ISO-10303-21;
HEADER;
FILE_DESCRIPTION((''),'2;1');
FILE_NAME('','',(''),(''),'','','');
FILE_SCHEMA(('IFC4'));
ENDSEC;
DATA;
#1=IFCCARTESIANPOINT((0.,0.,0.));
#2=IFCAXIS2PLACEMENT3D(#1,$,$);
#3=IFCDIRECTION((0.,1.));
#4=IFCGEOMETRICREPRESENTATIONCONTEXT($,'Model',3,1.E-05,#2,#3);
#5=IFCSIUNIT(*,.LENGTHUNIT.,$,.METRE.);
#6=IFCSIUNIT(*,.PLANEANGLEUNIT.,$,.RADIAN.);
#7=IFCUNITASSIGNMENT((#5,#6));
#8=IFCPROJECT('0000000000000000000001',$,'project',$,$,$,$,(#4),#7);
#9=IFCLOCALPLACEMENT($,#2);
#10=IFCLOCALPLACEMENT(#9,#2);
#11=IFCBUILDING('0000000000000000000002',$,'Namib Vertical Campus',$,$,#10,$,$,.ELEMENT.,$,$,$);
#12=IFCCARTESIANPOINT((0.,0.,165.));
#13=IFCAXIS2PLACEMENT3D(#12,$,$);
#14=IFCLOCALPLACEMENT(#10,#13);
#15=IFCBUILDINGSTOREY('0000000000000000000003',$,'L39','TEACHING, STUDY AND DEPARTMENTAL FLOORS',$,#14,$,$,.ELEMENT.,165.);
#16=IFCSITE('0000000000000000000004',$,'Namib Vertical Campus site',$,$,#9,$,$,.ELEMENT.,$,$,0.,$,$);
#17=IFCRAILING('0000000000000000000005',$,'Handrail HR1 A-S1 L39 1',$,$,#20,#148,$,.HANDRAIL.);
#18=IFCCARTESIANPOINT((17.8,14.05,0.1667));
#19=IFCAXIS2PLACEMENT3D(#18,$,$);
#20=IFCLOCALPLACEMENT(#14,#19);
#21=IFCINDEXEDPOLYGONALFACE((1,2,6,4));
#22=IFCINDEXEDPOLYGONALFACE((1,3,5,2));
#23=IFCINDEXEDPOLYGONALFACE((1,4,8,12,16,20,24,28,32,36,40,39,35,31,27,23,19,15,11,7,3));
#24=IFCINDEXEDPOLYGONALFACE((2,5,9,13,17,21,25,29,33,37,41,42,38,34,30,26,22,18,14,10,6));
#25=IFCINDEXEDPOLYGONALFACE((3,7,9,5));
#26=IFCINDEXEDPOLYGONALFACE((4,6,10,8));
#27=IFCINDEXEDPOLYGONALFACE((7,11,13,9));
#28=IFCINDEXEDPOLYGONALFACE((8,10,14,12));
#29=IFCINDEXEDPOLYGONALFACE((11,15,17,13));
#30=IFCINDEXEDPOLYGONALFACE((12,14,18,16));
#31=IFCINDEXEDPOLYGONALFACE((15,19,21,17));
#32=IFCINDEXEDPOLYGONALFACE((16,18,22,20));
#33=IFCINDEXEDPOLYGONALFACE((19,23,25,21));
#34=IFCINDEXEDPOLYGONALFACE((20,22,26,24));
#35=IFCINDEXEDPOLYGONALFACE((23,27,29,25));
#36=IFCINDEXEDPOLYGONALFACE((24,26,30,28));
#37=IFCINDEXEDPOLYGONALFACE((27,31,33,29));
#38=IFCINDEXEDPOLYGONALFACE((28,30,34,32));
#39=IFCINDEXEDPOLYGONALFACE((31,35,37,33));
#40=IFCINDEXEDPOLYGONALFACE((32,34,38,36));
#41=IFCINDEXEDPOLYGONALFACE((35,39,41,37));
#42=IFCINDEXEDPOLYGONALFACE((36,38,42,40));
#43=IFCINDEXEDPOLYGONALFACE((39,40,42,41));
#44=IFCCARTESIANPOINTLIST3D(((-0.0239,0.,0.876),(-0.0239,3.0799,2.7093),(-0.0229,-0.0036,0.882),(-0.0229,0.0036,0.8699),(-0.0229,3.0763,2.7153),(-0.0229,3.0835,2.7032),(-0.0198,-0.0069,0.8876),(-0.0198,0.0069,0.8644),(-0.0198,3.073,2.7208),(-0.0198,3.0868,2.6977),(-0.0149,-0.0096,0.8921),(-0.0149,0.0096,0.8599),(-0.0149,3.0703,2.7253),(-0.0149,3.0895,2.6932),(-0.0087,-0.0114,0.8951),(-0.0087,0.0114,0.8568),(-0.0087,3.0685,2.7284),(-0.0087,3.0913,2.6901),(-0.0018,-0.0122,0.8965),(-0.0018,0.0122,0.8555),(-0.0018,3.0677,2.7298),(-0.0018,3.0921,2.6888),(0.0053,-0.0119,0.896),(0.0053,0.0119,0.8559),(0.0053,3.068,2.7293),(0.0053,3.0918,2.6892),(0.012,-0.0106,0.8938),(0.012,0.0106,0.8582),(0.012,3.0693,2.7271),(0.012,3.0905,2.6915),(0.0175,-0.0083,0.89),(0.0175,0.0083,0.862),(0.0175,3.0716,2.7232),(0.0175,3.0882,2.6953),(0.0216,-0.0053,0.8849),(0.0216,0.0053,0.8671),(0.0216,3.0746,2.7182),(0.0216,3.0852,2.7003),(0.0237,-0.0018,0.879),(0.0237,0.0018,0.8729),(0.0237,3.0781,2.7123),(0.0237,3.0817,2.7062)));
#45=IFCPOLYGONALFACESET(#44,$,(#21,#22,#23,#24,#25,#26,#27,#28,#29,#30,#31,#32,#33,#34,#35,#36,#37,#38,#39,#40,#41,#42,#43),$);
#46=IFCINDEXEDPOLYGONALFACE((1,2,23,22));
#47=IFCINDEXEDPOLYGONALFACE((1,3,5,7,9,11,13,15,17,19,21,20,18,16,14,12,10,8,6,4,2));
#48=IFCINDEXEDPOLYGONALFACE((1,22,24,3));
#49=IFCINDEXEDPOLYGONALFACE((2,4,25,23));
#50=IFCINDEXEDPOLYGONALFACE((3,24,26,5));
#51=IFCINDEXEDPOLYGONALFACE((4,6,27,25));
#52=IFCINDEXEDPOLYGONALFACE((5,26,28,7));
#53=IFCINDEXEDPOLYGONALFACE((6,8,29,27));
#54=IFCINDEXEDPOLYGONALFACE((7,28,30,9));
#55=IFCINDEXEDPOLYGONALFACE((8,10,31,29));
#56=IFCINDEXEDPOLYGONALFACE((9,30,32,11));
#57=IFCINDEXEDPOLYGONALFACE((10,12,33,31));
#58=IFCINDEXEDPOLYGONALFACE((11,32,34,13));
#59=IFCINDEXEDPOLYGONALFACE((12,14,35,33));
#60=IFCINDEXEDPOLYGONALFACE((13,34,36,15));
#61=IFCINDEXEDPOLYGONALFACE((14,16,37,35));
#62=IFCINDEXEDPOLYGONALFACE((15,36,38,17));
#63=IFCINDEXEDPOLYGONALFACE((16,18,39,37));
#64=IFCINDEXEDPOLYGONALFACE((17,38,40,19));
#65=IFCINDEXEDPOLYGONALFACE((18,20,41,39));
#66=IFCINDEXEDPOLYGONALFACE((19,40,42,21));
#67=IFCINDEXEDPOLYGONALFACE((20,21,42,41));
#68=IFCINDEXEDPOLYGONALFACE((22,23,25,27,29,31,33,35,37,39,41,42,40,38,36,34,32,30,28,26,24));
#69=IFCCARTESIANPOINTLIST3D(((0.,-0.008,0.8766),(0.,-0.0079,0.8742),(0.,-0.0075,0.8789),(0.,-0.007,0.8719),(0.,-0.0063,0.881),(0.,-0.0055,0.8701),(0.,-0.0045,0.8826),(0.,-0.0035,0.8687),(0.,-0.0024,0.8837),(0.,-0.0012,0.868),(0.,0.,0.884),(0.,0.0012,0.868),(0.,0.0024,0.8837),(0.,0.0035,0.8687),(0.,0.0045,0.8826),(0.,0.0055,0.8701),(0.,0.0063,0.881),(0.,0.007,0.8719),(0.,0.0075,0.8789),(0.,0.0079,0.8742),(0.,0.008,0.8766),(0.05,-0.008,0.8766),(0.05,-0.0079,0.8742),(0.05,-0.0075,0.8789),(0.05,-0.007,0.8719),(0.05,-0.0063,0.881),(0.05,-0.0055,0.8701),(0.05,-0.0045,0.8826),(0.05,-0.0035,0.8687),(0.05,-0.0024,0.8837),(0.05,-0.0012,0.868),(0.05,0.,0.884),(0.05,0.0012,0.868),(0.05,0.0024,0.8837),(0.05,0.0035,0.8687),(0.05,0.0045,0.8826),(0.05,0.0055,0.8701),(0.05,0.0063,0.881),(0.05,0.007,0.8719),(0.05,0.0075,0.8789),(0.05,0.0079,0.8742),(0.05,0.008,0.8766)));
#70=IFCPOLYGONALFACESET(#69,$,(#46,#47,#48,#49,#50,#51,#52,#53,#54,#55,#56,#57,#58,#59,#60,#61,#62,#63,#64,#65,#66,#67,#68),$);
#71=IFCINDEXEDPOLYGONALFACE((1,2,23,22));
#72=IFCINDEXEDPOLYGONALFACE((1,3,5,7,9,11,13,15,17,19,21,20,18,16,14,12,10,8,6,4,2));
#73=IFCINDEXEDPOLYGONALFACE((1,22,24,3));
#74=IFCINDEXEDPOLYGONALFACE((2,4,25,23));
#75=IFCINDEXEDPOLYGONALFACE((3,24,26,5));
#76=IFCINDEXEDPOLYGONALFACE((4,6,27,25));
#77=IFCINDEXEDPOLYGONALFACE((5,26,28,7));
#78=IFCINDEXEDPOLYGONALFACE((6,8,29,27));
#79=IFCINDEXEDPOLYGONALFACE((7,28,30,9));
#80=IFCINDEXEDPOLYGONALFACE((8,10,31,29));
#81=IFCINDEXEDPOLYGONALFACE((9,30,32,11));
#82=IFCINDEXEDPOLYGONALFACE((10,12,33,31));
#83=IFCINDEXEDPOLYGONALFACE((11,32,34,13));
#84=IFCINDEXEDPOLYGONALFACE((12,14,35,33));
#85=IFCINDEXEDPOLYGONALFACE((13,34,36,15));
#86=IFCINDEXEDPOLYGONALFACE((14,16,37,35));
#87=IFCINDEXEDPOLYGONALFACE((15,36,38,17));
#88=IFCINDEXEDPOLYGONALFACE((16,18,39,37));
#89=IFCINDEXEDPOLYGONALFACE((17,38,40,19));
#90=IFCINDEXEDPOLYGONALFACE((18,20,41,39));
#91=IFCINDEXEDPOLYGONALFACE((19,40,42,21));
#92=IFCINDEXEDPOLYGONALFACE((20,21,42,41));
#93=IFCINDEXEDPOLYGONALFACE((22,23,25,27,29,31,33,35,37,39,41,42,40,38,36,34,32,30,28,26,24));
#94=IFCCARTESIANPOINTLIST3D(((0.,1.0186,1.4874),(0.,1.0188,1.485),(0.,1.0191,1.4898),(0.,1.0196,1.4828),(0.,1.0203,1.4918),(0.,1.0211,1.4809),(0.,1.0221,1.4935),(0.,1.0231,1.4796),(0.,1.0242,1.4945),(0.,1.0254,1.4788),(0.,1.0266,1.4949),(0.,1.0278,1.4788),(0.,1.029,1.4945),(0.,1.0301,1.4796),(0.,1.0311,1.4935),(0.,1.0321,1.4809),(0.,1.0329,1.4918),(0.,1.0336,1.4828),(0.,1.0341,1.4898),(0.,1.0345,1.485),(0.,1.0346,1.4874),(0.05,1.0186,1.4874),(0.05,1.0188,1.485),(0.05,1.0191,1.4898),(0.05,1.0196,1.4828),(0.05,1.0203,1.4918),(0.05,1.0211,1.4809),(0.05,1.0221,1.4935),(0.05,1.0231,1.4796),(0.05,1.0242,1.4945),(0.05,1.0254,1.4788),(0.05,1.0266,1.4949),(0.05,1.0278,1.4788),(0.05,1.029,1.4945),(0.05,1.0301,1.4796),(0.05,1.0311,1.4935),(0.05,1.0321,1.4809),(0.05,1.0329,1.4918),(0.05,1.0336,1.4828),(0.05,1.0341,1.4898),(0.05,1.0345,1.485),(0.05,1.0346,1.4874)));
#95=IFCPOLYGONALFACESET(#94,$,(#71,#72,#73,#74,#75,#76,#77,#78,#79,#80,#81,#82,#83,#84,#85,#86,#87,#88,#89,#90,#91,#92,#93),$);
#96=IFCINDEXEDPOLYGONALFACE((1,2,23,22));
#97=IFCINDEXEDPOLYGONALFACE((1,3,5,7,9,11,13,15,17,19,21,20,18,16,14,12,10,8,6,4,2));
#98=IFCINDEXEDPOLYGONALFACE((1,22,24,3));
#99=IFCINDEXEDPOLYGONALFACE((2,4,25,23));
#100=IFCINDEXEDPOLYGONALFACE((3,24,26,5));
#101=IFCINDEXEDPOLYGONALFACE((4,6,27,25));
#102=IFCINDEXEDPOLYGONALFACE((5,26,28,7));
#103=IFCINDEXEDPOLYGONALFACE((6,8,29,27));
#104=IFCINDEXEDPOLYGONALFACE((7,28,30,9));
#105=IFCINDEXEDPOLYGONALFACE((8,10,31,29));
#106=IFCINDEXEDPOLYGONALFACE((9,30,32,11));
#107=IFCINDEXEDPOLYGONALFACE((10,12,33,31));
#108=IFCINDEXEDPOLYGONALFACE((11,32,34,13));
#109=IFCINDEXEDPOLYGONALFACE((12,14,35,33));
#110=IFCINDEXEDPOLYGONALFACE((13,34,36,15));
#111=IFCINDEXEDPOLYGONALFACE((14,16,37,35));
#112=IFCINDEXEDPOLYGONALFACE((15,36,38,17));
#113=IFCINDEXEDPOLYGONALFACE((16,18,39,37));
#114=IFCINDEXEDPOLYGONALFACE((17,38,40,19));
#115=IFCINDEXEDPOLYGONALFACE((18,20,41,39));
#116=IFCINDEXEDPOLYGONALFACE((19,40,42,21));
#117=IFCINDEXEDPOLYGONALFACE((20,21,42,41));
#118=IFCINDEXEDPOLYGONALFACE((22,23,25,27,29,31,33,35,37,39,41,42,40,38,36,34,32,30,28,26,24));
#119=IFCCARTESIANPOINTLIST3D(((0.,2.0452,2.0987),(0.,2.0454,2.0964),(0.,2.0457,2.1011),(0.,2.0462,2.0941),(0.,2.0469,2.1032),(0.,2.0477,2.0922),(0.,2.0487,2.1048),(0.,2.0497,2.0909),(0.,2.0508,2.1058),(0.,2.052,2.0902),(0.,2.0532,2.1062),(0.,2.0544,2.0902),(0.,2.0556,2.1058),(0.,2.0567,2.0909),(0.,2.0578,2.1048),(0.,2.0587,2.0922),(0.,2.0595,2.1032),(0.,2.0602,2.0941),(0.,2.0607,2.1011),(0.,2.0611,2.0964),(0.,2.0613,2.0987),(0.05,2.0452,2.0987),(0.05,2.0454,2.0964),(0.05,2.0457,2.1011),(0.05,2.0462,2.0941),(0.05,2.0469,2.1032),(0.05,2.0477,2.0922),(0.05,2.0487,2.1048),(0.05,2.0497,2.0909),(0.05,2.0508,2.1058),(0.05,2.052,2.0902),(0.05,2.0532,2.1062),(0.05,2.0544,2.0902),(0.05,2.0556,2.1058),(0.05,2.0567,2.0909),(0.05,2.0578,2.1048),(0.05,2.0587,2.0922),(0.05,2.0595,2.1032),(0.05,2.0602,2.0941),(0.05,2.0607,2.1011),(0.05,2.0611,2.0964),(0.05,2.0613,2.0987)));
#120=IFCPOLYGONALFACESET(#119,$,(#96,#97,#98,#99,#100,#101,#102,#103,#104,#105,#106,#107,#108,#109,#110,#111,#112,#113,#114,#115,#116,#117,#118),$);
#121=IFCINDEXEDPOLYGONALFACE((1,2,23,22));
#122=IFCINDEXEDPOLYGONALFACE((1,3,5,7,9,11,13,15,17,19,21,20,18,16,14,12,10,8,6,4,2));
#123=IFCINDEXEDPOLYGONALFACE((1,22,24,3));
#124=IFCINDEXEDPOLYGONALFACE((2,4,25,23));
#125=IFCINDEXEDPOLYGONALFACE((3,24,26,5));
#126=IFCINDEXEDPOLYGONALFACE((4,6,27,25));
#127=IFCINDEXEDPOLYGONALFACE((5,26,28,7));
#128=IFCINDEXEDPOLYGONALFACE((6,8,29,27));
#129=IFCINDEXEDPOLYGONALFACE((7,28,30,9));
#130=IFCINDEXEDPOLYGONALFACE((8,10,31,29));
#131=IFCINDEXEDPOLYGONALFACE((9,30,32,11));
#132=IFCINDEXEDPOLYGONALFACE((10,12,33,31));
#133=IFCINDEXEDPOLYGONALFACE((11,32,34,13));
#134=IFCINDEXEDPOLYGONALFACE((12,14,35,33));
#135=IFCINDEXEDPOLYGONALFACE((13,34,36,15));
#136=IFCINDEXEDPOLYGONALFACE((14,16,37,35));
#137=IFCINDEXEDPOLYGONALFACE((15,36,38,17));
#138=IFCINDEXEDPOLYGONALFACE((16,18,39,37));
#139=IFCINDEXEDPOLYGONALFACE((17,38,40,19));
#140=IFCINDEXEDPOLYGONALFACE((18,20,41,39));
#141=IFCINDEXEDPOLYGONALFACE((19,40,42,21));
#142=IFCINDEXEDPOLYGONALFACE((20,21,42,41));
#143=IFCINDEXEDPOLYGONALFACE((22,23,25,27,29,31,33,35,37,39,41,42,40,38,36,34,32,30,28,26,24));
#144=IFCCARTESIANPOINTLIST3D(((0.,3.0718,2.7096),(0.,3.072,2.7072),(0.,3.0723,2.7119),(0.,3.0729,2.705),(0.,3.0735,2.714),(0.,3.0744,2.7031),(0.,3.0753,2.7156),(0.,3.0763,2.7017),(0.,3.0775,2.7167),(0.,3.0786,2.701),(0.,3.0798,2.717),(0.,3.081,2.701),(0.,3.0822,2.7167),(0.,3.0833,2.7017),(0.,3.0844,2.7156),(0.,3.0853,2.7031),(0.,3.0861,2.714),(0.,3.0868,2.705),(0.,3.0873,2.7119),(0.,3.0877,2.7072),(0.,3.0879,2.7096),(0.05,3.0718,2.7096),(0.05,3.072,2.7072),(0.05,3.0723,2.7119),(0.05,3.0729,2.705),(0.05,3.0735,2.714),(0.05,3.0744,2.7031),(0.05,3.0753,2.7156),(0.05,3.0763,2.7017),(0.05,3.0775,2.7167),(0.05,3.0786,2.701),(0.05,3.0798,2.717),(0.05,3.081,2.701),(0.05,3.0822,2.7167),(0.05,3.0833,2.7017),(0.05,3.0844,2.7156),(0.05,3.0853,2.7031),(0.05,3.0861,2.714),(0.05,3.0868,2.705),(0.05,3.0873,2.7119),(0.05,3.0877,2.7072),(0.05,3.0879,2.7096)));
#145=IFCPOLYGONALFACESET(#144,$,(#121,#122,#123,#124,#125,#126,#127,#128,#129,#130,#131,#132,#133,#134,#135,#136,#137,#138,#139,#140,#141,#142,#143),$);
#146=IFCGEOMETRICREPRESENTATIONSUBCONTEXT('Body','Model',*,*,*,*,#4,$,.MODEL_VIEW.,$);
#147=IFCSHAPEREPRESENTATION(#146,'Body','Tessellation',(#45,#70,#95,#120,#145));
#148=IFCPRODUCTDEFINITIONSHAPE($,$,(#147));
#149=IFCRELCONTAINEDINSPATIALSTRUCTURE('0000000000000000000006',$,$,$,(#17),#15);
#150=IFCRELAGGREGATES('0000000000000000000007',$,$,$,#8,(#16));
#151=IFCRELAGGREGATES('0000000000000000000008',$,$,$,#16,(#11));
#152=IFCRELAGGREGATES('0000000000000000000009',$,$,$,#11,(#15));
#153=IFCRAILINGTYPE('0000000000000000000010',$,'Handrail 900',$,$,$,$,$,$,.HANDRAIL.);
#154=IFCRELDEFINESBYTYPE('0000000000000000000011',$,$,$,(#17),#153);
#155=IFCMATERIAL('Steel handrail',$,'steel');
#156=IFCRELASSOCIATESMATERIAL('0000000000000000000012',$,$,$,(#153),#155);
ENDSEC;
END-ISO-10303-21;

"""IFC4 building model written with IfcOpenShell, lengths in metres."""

from ifc_helpers import new_model, si_unit, direction, frame, origin, origin_2d, place, context, subcontext, project, spatial, circle, extrude, material, type_object, element, save


model = new_model("IFC4")

# Units and contexts
model_context = context("Model", 3, precision=1e-05, world=origin(), true_north=direction((0.0, 1.0)))
body_context = subcontext(model_context, "Body", "Model", "MODEL_VIEW")
ifc_project = project(units=[si_unit("LENGTHUNIT", "METRE"), si_unit("PLANEANGLEUNIT", "RADIAN")], contexts=[model_context])

# Site, building, storey
site_placement = place(None, origin())
site = spatial("IfcSite", under=ifc_project, at=site_placement, Name="Namib Vertical Campus site", CompositionType="ELEMENT", RefElevation=0.0)
building_placement = place(site_placement, origin())
building = spatial("IfcBuilding", under=site, at=building_placement, Name="Namib Vertical Campus", CompositionType="ELEMENT")
storey_placement = place(building_placement, frame((0.0, 0.0, 165.0)))
storey = spatial("IfcBuildingStorey", under=building, at=storey_placement, Name="L39", Description="TEACHING, STUDY AND DEPARTMENTAL FLOORS", CompositionType="ELEMENT", Elevation=165.0)

# Railing
ifc_material_1 = material(Name="Steel handrail", Category="steel")
railing_type_1 = type_object("IfcRailingType", Name="Handrail 900", PredefinedType="HANDRAIL", material=ifc_material_1)
railing_1_placement = place(storey_placement, frame((17.8, 14.05, 0.1667)))
element("IfcRailing", 1, at=railing_1_placement, inside=storey, type_object=railing_type_1, Name="Handrail HR1 A-S1 L39 1", PredefinedType="HANDRAIL", context=body_context, shape_type="SweptSolid", body=[
    extrude(circle(Radius=0.0239, at=origin_2d()), frame((0.0, 0.0, 0.876), z_axis=(0.0, 0.859291, 0.511487), x_axis=(-1.0, 0.0, 0.0)), (0.0, 0.0, 1.0), 3.5842),
    extrude(circle(Radius=0.0081, at=origin_2d()), frame((0.0, 0.0, 0.876), z_axis=(1.0, 0.0, 0.0), x_axis=(0.0, 0.0, 1.0)), (0.0, 0.0, 1.0), 0.05),
    extrude(circle(Radius=0.0081, at=origin_2d()), frame((0.0, 1.0266, 1.4868), z_axis=(1.0, 0.0, 0.0), x_axis=(0.0, 0.0, 1.0)), (0.0, 0.0, 1.0), 0.05),
    extrude(circle(Radius=0.0081, at=origin_2d()), frame((0.0, 2.0532, 2.0981), z_axis=(1.0, 0.0, 0.0), x_axis=(0.0, 0.0, 1.0)), (0.0, 0.0, 1.0), 0.05),
    extrude(circle(Radius=0.0081, at=origin_2d()), frame((0.0, 3.0798, 2.709), z_axis=(1.0, 0.0, 0.0), x_axis=(0.0, 0.0, 1.0)), (0.0, 0.0, 1.0), 0.05),
])

save(model, "model.ifc")
